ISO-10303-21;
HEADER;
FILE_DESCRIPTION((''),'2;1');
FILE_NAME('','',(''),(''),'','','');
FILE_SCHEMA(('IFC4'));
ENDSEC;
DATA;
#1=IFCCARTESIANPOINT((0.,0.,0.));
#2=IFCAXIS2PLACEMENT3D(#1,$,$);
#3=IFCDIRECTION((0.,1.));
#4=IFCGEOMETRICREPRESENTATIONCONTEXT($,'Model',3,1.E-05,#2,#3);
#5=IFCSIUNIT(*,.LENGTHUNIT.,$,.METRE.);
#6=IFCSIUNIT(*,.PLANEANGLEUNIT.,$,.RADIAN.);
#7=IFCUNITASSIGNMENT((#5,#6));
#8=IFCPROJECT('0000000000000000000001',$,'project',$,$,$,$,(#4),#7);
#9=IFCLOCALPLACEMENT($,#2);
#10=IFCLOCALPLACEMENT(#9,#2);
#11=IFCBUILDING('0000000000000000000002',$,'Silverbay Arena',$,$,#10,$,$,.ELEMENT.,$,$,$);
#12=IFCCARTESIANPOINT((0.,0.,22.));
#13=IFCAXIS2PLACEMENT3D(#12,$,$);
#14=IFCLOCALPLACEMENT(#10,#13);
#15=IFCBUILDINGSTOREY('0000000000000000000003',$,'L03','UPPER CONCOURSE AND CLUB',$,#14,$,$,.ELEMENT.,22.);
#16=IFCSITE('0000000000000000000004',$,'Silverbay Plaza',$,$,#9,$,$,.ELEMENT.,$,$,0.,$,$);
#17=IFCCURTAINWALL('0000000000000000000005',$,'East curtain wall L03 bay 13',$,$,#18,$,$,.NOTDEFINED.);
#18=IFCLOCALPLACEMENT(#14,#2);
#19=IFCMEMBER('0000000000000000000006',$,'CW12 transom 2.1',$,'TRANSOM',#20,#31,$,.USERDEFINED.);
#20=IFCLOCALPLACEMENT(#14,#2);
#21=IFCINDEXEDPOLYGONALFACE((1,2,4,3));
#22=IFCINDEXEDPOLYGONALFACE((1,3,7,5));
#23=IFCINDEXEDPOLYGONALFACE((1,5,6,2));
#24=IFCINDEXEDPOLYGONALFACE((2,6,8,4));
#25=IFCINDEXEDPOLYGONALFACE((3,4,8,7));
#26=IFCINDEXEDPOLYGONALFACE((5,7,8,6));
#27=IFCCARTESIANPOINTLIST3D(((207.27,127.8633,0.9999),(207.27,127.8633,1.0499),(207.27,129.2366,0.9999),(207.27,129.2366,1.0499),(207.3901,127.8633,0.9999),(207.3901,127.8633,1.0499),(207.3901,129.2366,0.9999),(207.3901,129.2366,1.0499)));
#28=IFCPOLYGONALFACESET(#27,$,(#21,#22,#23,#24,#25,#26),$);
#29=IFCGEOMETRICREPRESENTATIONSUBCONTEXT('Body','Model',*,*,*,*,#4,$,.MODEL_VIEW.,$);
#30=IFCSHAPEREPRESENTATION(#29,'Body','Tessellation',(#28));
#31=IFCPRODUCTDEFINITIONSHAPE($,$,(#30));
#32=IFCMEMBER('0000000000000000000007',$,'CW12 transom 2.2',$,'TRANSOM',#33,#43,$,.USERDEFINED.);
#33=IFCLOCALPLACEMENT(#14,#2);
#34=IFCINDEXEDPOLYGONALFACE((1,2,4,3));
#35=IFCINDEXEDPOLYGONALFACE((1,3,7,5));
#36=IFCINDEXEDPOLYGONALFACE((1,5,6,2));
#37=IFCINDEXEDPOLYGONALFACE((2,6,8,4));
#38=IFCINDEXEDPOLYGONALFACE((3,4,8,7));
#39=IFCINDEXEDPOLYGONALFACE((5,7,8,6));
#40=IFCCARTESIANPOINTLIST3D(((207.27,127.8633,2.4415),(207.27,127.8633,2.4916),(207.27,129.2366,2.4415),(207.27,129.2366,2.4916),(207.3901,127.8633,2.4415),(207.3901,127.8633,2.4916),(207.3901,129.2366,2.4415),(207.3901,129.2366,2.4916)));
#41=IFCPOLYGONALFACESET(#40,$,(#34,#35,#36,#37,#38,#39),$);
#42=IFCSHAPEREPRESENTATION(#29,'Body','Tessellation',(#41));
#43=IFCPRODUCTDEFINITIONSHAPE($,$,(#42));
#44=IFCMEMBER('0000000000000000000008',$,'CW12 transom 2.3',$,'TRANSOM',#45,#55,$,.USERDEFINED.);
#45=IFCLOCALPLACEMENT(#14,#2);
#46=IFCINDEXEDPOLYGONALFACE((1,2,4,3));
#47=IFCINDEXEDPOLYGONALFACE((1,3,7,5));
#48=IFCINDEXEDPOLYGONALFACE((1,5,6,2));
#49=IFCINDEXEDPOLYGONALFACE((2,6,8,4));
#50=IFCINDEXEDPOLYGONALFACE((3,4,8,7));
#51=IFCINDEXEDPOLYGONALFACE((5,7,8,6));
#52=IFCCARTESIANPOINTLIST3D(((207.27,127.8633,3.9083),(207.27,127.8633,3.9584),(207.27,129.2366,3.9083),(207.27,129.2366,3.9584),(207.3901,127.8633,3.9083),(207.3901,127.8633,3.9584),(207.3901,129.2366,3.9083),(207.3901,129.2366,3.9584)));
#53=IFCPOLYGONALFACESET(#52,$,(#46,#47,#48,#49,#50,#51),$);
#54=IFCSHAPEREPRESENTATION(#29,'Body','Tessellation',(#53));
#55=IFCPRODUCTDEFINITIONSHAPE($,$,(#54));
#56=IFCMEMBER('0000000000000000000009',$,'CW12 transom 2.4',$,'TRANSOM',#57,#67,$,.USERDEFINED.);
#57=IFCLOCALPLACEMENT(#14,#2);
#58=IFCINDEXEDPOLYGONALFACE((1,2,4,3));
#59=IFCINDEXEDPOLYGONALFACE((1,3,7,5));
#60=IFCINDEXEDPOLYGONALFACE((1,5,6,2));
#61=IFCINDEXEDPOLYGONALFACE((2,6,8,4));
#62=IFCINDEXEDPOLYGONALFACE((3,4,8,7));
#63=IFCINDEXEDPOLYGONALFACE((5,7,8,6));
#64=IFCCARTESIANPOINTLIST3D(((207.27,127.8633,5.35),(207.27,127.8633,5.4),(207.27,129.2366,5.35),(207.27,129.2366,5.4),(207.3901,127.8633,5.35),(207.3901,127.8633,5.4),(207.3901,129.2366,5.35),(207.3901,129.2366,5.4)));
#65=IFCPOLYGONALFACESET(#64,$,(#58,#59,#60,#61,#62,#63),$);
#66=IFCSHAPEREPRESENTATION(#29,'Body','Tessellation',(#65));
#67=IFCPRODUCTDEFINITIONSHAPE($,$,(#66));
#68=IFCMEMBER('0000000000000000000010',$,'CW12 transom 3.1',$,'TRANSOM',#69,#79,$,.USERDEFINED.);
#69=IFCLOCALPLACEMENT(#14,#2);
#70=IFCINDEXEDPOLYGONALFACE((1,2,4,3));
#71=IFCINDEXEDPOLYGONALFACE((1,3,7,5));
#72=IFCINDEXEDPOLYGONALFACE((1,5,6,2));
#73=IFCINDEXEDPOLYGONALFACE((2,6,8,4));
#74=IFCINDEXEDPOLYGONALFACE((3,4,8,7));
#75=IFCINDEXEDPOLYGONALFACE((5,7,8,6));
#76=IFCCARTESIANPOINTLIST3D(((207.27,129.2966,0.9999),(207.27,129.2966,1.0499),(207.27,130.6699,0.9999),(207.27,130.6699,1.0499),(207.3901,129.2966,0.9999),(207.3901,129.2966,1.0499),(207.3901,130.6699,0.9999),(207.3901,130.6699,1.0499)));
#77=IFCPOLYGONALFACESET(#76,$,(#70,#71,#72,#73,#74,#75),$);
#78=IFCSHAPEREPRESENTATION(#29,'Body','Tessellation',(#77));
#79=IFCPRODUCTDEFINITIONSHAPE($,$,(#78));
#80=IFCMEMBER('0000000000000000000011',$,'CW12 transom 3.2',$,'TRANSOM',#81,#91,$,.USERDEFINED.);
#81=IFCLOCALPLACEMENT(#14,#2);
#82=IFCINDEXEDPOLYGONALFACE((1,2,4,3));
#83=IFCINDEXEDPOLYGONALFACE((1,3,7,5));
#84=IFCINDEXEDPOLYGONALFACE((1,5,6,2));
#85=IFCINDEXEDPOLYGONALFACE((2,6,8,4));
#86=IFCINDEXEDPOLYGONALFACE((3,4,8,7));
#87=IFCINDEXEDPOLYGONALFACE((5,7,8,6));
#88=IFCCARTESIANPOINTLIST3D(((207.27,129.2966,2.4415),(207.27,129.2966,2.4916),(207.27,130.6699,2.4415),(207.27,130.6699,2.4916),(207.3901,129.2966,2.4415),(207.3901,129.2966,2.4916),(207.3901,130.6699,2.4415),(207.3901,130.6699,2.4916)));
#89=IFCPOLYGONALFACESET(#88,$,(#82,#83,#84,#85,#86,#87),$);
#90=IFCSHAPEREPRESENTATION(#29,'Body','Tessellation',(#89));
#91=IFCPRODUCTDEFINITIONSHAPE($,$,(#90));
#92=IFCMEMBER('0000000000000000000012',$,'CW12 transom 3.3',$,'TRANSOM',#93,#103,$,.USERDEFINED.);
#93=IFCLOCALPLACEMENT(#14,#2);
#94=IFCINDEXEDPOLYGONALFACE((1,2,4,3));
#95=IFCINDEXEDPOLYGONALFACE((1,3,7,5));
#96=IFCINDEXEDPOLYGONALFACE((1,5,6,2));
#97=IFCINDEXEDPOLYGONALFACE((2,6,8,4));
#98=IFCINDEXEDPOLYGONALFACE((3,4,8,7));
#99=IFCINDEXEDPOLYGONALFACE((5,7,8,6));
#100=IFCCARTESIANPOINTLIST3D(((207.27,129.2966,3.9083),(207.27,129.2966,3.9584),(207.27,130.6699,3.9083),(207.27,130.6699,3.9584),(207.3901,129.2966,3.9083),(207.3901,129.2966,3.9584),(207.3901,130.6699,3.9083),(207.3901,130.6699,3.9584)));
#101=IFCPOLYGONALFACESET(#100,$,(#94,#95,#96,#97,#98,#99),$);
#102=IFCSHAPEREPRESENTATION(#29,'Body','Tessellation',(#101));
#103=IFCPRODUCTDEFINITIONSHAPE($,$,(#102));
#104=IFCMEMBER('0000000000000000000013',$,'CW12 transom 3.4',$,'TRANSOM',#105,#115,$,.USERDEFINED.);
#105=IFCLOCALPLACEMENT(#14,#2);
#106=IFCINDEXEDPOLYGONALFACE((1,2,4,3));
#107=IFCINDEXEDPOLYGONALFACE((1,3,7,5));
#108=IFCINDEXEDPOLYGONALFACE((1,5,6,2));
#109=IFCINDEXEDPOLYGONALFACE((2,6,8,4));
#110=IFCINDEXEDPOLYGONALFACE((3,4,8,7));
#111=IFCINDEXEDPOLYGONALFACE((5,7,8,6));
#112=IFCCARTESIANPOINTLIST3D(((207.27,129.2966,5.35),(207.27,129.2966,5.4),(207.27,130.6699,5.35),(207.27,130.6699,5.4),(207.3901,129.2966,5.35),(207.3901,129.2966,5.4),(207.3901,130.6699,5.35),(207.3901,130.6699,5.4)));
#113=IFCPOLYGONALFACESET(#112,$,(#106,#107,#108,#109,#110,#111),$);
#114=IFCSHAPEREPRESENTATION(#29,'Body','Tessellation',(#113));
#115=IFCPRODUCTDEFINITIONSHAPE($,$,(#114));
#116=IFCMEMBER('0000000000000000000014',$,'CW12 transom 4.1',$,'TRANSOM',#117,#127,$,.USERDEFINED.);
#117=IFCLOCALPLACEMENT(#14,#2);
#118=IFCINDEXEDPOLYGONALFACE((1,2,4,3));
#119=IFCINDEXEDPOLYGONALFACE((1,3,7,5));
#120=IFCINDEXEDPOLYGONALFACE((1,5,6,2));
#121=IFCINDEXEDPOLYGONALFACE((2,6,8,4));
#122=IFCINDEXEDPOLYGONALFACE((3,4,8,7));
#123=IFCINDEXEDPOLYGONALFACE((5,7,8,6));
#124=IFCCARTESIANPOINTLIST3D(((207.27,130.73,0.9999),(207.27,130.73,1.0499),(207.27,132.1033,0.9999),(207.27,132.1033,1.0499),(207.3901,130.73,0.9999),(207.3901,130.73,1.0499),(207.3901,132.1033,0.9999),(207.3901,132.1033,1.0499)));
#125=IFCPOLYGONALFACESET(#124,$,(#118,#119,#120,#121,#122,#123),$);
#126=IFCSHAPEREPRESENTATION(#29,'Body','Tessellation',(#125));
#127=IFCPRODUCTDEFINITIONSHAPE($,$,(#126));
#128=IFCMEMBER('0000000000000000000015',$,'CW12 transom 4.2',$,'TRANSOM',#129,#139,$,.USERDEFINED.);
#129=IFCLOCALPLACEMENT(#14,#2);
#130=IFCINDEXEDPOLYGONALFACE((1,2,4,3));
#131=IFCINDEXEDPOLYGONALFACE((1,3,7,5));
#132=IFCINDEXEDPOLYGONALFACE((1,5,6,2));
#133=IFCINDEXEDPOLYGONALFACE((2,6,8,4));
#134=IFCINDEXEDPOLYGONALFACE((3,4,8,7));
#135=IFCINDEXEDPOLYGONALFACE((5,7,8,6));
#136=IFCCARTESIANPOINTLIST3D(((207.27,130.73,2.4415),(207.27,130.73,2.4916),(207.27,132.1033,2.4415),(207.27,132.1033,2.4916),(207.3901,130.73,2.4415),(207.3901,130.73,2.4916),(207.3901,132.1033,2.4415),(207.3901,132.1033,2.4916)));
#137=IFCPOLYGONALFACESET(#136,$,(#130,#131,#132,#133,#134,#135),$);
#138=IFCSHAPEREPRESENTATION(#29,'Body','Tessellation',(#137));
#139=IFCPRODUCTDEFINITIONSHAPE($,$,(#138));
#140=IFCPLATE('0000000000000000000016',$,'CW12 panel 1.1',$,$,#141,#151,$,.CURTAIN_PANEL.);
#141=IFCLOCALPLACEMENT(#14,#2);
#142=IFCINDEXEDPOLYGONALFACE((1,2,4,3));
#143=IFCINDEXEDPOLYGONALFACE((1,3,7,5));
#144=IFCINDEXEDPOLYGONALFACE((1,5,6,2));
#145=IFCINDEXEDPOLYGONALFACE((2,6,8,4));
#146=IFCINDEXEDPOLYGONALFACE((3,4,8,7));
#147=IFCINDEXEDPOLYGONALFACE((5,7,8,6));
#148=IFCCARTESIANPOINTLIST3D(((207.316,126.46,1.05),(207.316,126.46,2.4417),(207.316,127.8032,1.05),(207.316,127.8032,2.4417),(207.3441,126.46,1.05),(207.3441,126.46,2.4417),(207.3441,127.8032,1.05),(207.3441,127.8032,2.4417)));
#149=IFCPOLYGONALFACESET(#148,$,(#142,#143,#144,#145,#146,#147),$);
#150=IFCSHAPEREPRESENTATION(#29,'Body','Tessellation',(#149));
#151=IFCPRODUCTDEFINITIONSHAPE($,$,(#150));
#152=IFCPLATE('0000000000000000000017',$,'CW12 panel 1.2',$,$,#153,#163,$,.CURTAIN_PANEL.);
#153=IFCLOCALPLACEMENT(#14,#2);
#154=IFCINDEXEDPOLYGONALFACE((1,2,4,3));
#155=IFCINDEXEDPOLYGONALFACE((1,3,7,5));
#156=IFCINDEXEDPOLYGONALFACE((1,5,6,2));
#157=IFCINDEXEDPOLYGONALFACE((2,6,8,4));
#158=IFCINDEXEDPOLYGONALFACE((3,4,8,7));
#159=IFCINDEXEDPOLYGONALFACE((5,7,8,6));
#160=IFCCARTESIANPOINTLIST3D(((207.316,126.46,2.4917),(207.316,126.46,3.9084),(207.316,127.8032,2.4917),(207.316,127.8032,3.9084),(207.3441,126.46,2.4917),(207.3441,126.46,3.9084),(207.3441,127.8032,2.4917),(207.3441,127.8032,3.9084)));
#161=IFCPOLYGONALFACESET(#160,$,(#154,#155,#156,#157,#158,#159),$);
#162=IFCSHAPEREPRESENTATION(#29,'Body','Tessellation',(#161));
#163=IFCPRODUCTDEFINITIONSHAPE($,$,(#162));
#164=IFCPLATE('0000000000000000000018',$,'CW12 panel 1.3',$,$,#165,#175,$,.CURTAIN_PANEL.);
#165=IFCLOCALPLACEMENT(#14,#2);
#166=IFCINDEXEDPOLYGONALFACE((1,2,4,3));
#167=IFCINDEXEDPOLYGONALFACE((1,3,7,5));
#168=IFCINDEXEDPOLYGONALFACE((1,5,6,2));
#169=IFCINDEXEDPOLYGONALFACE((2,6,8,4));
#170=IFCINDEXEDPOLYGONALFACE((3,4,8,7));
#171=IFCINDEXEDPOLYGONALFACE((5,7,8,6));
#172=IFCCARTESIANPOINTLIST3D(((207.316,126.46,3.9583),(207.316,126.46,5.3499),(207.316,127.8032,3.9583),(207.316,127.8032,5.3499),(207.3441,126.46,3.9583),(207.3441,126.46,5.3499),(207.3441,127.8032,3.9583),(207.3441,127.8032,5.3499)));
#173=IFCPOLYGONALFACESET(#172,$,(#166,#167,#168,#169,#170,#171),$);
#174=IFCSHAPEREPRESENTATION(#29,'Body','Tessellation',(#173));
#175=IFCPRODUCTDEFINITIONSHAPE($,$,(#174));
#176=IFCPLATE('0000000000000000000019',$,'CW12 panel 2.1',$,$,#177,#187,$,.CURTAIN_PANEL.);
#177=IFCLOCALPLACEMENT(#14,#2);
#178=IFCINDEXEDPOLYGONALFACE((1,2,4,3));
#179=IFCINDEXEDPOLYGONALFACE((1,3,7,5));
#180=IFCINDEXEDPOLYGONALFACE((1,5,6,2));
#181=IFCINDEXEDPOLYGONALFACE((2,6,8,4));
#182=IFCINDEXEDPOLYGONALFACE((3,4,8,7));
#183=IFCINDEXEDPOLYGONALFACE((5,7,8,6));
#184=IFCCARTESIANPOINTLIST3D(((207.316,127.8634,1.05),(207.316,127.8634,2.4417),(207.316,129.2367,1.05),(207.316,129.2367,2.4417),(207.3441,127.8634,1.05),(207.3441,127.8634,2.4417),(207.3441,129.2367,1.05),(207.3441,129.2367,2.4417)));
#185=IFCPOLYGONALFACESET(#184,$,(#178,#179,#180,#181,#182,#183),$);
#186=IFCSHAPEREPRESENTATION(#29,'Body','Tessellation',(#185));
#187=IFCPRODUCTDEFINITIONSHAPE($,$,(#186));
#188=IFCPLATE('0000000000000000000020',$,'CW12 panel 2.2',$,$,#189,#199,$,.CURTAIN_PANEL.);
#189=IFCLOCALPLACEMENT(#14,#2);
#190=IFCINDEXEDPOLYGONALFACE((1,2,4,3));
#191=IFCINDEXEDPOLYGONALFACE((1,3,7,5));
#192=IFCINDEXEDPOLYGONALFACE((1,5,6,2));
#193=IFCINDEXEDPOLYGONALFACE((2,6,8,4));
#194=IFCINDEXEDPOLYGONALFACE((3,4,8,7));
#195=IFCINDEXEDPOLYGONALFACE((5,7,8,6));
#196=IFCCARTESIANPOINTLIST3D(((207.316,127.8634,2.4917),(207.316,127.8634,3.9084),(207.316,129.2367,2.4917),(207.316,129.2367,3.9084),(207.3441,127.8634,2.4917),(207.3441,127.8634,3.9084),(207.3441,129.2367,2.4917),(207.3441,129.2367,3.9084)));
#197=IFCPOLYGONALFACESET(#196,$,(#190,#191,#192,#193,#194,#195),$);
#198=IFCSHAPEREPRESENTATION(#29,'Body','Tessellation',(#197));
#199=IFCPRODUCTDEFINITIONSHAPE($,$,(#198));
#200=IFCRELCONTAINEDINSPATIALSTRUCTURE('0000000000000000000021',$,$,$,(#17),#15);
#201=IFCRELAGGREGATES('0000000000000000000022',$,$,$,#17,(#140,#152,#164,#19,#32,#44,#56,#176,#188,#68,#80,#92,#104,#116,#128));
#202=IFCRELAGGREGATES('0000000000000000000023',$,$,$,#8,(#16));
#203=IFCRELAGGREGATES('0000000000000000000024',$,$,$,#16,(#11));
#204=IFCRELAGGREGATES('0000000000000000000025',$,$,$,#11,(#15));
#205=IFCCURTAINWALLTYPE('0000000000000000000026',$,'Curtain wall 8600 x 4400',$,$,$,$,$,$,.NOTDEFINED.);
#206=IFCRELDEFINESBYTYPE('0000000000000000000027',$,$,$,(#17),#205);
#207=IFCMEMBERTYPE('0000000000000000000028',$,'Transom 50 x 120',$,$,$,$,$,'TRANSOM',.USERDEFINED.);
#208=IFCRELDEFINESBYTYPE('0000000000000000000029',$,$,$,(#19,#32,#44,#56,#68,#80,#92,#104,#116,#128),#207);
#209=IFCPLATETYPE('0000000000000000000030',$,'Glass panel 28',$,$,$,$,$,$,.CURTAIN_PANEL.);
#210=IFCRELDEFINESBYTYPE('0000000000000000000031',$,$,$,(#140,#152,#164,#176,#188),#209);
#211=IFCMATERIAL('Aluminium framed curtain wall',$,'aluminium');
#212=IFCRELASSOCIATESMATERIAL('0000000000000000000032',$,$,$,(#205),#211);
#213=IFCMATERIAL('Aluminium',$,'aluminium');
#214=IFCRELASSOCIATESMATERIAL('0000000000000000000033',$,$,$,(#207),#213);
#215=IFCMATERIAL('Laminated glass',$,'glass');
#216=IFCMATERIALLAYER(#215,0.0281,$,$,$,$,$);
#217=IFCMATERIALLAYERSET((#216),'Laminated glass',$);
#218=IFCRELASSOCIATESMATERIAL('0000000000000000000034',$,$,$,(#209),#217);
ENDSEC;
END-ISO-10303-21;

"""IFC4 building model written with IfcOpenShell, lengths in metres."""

from ifc_helpers import new_model, si_unit, direction, frame, origin, origin_2d, place, context, subcontext, project, spatial, rectangle, extrude, material, layer, layer_set, material_profile, profile_set, type_object, element, aggregate, save


model = new_model("IFC4")

# Units and contexts
model_context = context("Model", 3, precision=1e-05, world=origin(), true_north=direction((0.0, 1.0)))
body_context = subcontext(model_context, "Body", "Model", "MODEL_VIEW")
ifc_project = project(units=[si_unit("LENGTHUNIT", "METRE"), si_unit("PLANEANGLEUNIT", "RADIAN")], contexts=[model_context])

# Site, building, storey
site_placement = place(None, origin())
site = spatial("IfcSite", under=ifc_project, at=site_placement, Name="Silverbay Plaza", CompositionType="ELEMENT", RefElevation=0.0)
building_placement = place(site_placement, origin())
building = spatial("IfcBuilding", under=site, at=building_placement, Name="Silverbay Arena", CompositionType="ELEMENT")
storey_placement = place(building_placement, frame((0.0, 0.0, 22.0)))
storey = spatial("IfcBuildingStorey", under=building, at=storey_placement, Name="L03", Description="UPPER CONCOURSE AND CLUB", CompositionType="ELEMENT", Elevation=22.0)

# Curtain wall
ifc_material_1 = material(Name="Aluminium framed curtain wall", Category="aluminium")
curtain_wall_type = type_object("IfcCurtainWallType", Name="Curtain wall 8600 x 4400", PredefinedType="NOTDEFINED", material=ifc_material_1)
curtain_wall_placement = place(storey_placement, origin())
curtain_wall = element("IfcCurtainWall", 1, at=curtain_wall_placement, inside=storey, type_object=curtain_wall_type, Name="East curtain wall L03 bay 13", PredefinedType="NOTDEFINED")

# Members
ifc_material_2 = material(Name="Aluminium", Category="aluminium")
ifc_material_profile_1 = material_profile(ifc_material_2, rectangle(XDim=0.1201, YDim=0.05, at=origin_2d()), Name="Transom 50 x 120")
ifc_profile_set_1 = profile_set([ifc_material_profile_1], Name="Aluminium")
member_type_1 = type_object("IfcMemberType", Name="Transom 50 x 120", ElementType="TRANSOM", PredefinedType="USERDEFINED", material=ifc_profile_set_1)
member_1_placement = place(storey_placement, frame((207.3301, 127.8633, 1.0249), z_axis=(0.0, 1.0, 0.0), x_axis=(-1.0, 0.0, 0.0)))
member_1 = element("IfcMember", 2, at=member_1_placement, type_object=member_type_1, Name="CW12 transom 2.1", ObjectType="TRANSOM", PredefinedType="USERDEFINED", context=body_context, shape_type="SweptSolid", body=[
    extrude(rectangle(XDim=0.1201, YDim=0.05, at=origin_2d()), origin(), (0.0, 0.0, 1.0), 1.3733),
])
member_2_placement = place(storey_placement, frame((207.3301, 127.8633, 2.4666), z_axis=(0.0, 1.0, 0.0), x_axis=(-1.0, 0.0, 0.0)))
member_2 = element("IfcMember", 3, at=member_2_placement, type_object=member_type_1, Name="CW12 transom 2.2", ObjectType="TRANSOM", PredefinedType="USERDEFINED", context=body_context, shape_type="SweptSolid", body=[
    extrude(rectangle(XDim=0.1201, YDim=0.05, at=origin_2d()), origin(), (0.0, 0.0, 1.0), 1.3733),
])
member_3_placement = place(storey_placement, frame((207.3301, 127.8633, 3.9333), z_axis=(0.0, 1.0, 0.0), x_axis=(-1.0, 0.0, 0.0)))
member_3 = element("IfcMember", 4, at=member_3_placement, type_object=member_type_1, Name="CW12 transom 2.3", ObjectType="TRANSOM", PredefinedType="USERDEFINED", context=body_context, shape_type="SweptSolid", body=[
    extrude(rectangle(XDim=0.1201, YDim=0.05, at=origin_2d()), origin(), (0.0, 0.0, 1.0), 1.3733),
])
member_4_placement = place(storey_placement, frame((207.3301, 127.8633, 5.375), z_axis=(0.0, 1.0, 0.0), x_axis=(-1.0, 0.0, 0.0)))
member_4 = element("IfcMember", 5, at=member_4_placement, type_object=member_type_1, Name="CW12 transom 2.4", ObjectType="TRANSOM", PredefinedType="USERDEFINED", context=body_context, shape_type="SweptSolid", body=[
    extrude(rectangle(XDim=0.1201, YDim=0.05, at=origin_2d()), origin(), (0.0, 0.0, 1.0), 1.3733),
])
member_5_placement = place(storey_placement, frame((207.3301, 129.2966, 1.0249), z_axis=(0.0, 1.0, 0.0), x_axis=(-1.0, 0.0, 0.0)))
member_5 = element("IfcMember", 6, at=member_5_placement, type_object=member_type_1, Name="CW12 transom 3.1", ObjectType="TRANSOM", PredefinedType="USERDEFINED", context=body_context, shape_type="SweptSolid", body=[
    extrude(rectangle(XDim=0.1201, YDim=0.05, at=origin_2d()), origin(), (0.0, 0.0, 1.0), 1.3733),
])
member_6_placement = place(storey_placement, frame((207.3301, 129.2966, 2.4666), z_axis=(0.0, 1.0, 0.0), x_axis=(-1.0, 0.0, 0.0)))
member_6 = element("IfcMember", 7, at=member_6_placement, type_object=member_type_1, Name="CW12 transom 3.2", ObjectType="TRANSOM", PredefinedType="USERDEFINED", context=body_context, shape_type="SweptSolid", body=[
    extrude(rectangle(XDim=0.1201, YDim=0.05, at=origin_2d()), origin(), (0.0, 0.0, 1.0), 1.3733),
])
member_7_placement = place(storey_placement, frame((207.3301, 129.2966, 3.9333), z_axis=(0.0, 1.0, 0.0), x_axis=(-1.0, 0.0, 0.0)))
member_7 = element("IfcMember", 8, at=member_7_placement, type_object=member_type_1, Name="CW12 transom 3.3", ObjectType="TRANSOM", PredefinedType="USERDEFINED", context=body_context, shape_type="SweptSolid", body=[
    extrude(rectangle(XDim=0.1201, YDim=0.05, at=origin_2d()), origin(), (0.0, 0.0, 1.0), 1.3733),
])
member_8_placement = place(storey_placement, frame((207.3301, 129.2966, 5.375), z_axis=(0.0, 1.0, 0.0), x_axis=(-1.0, 0.0, 0.0)))
member_8 = element("IfcMember", 9, at=member_8_placement, type_object=member_type_1, Name="CW12 transom 3.4", ObjectType="TRANSOM", PredefinedType="USERDEFINED", context=body_context, shape_type="SweptSolid", body=[
    extrude(rectangle(XDim=0.1201, YDim=0.05, at=origin_2d()), origin(), (0.0, 0.0, 1.0), 1.3733),
])
member_9_placement = place(storey_placement, frame((207.3301, 130.73, 1.0249), z_axis=(0.0, 1.0, 0.0), x_axis=(-1.0, 0.0, 0.0)))
member_9 = element("IfcMember", 10, at=member_9_placement, type_object=member_type_1, Name="CW12 transom 4.1", ObjectType="TRANSOM", PredefinedType="USERDEFINED", context=body_context, shape_type="SweptSolid", body=[
    extrude(rectangle(XDim=0.1201, YDim=0.05, at=origin_2d()), origin(), (0.0, 0.0, 1.0), 1.3733),
])
member_10_placement = place(storey_placement, frame((207.3301, 130.73, 2.4666), z_axis=(0.0, 1.0, 0.0), x_axis=(-1.0, 0.0, 0.0)))
member_10 = element("IfcMember", 11, at=member_10_placement, type_object=member_type_1, Name="CW12 transom 4.2", ObjectType="TRANSOM", PredefinedType="USERDEFINED", context=body_context, shape_type="SweptSolid", body=[
    extrude(rectangle(XDim=0.1201, YDim=0.05, at=origin_2d()), origin(), (0.0, 0.0, 1.0), 1.3733),
])

# Plates
ifc_material_3 = material(Name="Laminated glass", Category="glass")
ifc_layer_1 = layer(ifc_material_3, 0.0281)
ifc_layer_set_1 = layer_set([ifc_layer_1], Name="Laminated glass")
plate_type = type_object("IfcPlateType", Name="Glass panel 28", PredefinedType="CURTAIN_PANEL", material=ifc_layer_set_1)
plate_1_placement = place(storey_placement, frame((207.3301, 127.1316, 1.05), z_axis=(0.0, 0.0, 1.0), x_axis=(0.0, 1.0, 0.0)))
plate_1 = element("IfcPlate", 12, at=plate_1_placement, type_object=plate_type, Name="CW12 panel 1.1", PredefinedType="CURTAIN_PANEL", context=body_context, shape_type="SweptSolid", body=[
    extrude(rectangle(XDim=1.3433, YDim=0.0281, at=origin_2d()), origin(), (0.0, 0.0, 1.0), 1.3916),
])
plate_2_placement = place(storey_placement, frame((207.3301, 127.1316, 2.4917), z_axis=(0.0, 0.0, 1.0), x_axis=(0.0, 1.0, 0.0)))
plate_2 = element("IfcPlate", 13, at=plate_2_placement, type_object=plate_type, Name="CW12 panel 1.2", PredefinedType="CURTAIN_PANEL", context=body_context, shape_type="SweptSolid", body=[
    extrude(rectangle(XDim=1.3433, YDim=0.0281, at=origin_2d()), origin(), (0.0, 0.0, 1.0), 1.4167),
])
plate_3_placement = place(storey_placement, frame((207.3301, 127.1316, 3.9583), z_axis=(0.0, 0.0, 1.0), x_axis=(0.0, 1.0, 0.0)))
plate_3 = element("IfcPlate", 14, at=plate_3_placement, type_object=plate_type, Name="CW12 panel 1.3", PredefinedType="CURTAIN_PANEL", context=body_context, shape_type="SweptSolid", body=[
    extrude(rectangle(XDim=1.3433, YDim=0.0281, at=origin_2d()), origin(), (0.0, 0.0, 1.0), 1.3916),
])
plate_4_placement = place(storey_placement, frame((207.3301, 128.55, 1.05), z_axis=(0.0, 0.0, 1.0), x_axis=(0.0, 1.0, 0.0)))
plate_4 = element("IfcPlate", 15, at=plate_4_placement, type_object=plate_type, Name="CW12 panel 2.1", PredefinedType="CURTAIN_PANEL", context=body_context, shape_type="SweptSolid", body=[
    extrude(rectangle(XDim=1.3733, YDim=0.0281, at=origin_2d()), origin(), (0.0, 0.0, 1.0), 1.3916),
])
plate_5_placement = place(storey_placement, frame((207.3301, 128.55, 2.4917), z_axis=(0.0, 0.0, 1.0), x_axis=(0.0, 1.0, 0.0)))
plate_5 = element("IfcPlate", 16, at=plate_5_placement, type_object=plate_type, Name="CW12 panel 2.2", PredefinedType="CURTAIN_PANEL", context=body_context, shape_type="SweptSolid", body=[
    extrude(rectangle(XDim=1.3733, YDim=0.0281, at=origin_2d()), origin(), (0.0, 0.0, 1.0), 1.4167),
])
aggregate(curtain_wall, [plate_1, plate_2, plate_3, member_1, member_2, member_3, member_4, plate_4, plate_5, member_5, member_6, member_7, member_8, member_9, member_10])

save(model, "model.ifc")
